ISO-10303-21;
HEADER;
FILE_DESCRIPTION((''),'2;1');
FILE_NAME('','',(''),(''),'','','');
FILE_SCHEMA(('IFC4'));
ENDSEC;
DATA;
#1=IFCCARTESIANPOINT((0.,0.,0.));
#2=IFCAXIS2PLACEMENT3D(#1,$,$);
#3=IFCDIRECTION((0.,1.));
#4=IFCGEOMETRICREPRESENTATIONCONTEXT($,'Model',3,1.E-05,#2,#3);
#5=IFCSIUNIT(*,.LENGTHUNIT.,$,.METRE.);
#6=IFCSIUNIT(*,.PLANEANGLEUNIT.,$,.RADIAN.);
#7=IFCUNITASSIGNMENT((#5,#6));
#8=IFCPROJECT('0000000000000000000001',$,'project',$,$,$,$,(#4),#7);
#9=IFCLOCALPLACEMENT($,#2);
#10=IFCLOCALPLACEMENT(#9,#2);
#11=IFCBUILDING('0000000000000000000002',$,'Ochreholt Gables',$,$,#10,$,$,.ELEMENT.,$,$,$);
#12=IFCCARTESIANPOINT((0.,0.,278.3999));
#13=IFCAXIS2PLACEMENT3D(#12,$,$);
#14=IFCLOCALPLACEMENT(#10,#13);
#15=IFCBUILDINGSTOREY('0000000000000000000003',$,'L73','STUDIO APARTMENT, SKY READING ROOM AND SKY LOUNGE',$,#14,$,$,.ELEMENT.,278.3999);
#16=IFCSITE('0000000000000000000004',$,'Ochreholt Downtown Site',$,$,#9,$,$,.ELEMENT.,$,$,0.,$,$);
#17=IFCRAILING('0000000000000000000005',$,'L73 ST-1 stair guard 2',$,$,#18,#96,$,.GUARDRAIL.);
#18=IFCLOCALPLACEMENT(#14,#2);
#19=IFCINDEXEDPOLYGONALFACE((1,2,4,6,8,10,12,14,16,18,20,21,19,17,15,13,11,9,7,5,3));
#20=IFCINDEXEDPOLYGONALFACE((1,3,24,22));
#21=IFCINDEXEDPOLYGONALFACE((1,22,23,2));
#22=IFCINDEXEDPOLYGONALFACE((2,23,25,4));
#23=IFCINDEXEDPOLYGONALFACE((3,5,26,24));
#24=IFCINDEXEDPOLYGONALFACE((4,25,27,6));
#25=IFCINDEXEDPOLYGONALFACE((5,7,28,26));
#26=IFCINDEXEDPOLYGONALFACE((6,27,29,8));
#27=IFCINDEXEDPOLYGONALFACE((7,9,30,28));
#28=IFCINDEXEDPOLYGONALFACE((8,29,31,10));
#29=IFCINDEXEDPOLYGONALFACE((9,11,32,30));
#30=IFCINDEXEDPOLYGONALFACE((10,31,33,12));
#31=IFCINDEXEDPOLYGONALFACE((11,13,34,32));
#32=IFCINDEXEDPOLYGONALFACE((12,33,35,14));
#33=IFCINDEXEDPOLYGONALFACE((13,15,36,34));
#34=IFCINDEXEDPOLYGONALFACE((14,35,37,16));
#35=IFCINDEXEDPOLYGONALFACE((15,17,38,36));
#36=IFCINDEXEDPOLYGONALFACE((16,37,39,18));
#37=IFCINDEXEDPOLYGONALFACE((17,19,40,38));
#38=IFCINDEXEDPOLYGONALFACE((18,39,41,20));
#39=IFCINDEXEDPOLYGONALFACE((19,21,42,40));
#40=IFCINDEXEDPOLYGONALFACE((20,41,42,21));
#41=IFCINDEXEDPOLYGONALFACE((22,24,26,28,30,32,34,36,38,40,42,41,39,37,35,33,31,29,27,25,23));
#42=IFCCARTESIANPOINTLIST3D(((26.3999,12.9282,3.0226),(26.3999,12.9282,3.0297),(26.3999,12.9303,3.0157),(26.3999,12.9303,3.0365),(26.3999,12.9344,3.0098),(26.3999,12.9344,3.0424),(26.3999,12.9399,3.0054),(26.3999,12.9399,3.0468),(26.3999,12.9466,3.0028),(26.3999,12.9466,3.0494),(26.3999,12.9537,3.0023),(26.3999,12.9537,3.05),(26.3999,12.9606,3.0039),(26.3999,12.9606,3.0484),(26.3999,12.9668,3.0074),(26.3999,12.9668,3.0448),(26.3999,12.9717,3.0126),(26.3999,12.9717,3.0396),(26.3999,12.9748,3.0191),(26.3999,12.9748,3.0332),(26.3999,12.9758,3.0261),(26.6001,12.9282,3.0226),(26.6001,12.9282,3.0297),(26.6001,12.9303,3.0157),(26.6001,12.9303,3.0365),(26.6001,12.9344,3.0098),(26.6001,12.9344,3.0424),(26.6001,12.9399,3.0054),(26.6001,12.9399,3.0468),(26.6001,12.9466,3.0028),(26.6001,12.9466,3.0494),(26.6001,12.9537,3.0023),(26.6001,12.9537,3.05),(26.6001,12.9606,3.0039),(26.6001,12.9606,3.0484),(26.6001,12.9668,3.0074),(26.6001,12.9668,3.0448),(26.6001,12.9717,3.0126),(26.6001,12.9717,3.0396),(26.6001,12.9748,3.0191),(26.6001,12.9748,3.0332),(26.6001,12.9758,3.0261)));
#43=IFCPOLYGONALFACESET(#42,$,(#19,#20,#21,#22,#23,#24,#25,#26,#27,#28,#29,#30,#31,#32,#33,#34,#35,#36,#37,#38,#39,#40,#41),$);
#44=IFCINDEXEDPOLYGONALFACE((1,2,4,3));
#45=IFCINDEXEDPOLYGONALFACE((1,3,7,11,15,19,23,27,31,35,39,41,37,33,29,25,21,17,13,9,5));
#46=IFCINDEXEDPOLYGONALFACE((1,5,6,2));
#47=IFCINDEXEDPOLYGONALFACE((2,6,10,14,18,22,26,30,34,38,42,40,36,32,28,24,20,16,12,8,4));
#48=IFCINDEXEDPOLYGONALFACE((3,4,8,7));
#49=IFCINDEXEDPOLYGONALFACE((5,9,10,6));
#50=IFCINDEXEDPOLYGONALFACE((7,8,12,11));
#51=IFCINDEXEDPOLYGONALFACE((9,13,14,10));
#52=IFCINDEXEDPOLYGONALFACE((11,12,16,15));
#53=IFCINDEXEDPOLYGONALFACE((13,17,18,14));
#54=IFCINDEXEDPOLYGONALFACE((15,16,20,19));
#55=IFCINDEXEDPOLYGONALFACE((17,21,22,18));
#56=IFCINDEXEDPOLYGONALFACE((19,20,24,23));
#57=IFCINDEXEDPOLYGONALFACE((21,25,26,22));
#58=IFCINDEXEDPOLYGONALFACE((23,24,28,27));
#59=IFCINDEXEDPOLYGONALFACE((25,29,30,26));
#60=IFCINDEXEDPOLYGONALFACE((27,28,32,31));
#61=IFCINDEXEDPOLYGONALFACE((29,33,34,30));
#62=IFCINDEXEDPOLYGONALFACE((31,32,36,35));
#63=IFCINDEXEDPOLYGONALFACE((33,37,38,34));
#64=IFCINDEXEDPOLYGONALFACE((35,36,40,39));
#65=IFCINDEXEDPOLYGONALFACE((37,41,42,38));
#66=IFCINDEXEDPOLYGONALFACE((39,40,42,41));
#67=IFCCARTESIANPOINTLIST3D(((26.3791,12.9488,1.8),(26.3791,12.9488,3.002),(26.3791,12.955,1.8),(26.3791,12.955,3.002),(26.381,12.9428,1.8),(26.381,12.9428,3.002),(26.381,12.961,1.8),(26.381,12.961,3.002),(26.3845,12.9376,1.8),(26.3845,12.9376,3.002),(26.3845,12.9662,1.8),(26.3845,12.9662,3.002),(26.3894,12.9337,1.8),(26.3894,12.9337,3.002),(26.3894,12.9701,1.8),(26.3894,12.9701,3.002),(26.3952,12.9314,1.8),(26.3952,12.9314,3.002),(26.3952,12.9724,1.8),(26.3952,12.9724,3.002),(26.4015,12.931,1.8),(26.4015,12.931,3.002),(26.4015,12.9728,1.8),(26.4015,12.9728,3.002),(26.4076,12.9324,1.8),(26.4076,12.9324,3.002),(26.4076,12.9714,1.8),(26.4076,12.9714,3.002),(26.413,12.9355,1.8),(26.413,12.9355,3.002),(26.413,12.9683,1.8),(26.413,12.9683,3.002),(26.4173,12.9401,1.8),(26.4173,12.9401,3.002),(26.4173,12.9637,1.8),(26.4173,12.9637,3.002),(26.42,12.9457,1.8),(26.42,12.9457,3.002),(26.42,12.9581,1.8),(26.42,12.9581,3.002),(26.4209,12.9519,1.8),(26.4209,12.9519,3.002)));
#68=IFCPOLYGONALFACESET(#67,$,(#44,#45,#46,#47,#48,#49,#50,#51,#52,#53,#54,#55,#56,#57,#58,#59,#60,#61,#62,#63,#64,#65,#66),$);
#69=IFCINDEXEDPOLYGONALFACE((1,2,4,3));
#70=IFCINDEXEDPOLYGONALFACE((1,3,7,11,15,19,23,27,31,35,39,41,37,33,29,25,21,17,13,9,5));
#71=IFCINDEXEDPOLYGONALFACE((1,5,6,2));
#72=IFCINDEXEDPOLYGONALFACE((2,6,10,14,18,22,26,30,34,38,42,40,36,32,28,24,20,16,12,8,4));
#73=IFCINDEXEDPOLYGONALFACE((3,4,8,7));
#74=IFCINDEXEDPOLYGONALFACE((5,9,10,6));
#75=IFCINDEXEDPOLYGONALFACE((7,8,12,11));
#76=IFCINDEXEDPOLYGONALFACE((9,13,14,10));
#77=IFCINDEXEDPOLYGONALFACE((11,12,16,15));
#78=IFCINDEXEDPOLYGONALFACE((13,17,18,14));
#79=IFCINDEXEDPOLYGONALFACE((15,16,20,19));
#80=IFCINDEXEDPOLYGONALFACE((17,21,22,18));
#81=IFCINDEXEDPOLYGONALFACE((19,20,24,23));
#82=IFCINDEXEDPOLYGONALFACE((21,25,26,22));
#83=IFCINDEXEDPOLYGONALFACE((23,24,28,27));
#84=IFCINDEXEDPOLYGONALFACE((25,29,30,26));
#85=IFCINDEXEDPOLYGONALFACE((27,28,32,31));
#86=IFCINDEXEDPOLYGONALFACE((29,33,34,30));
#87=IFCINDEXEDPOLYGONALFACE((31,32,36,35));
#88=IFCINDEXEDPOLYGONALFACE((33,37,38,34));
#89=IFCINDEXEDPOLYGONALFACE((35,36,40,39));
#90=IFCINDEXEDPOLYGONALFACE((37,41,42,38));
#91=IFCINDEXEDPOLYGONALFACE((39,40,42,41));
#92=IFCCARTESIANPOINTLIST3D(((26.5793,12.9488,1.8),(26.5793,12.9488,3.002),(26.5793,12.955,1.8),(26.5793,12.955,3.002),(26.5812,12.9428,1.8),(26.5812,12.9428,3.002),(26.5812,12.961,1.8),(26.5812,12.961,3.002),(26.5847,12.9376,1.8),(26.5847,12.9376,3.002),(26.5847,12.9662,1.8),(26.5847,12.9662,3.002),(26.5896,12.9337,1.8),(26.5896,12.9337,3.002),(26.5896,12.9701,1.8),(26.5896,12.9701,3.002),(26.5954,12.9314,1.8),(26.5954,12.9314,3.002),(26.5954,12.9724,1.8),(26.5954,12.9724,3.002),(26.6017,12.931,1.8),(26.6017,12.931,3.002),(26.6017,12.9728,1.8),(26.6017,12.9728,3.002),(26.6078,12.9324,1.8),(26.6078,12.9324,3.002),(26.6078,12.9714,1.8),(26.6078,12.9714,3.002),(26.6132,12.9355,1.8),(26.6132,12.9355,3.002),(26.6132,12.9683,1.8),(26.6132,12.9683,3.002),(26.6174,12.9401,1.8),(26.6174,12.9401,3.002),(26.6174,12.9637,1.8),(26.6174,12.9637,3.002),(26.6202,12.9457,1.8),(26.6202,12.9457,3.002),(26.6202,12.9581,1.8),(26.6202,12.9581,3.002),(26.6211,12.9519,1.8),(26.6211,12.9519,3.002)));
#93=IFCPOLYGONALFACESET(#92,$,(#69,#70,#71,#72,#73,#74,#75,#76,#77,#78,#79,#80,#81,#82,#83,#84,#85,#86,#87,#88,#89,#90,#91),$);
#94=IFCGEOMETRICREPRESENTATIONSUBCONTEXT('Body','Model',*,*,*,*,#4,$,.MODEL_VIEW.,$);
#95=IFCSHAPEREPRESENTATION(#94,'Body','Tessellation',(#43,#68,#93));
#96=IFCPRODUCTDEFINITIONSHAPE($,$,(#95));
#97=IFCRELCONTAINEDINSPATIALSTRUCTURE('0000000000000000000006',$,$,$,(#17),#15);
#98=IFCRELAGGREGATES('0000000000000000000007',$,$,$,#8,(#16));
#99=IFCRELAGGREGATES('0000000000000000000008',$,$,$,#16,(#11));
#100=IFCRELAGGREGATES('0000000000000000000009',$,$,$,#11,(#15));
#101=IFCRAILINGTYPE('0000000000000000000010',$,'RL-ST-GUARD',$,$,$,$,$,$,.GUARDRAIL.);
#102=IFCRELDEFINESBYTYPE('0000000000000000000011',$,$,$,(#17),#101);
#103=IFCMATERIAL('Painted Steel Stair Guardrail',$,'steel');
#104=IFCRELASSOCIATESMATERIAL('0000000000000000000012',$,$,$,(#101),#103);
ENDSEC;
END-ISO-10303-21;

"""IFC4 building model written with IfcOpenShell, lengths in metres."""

from ifc_helpers import new_model, si_unit, direction, frame, origin, origin_2d, place, context, subcontext, project, spatial, circle, extrude, material, type_object, element, save


model = new_model("IFC4")

# Units and contexts
model_context = context("Model", 3, precision=1e-05, world=origin(), true_north=direction((0.0, 1.0)))
body_context = subcontext(model_context, "Body", "Model", "MODEL_VIEW")
ifc_project = project(units=[si_unit("LENGTHUNIT", "METRE"), si_unit("PLANEANGLEUNIT", "RADIAN")], contexts=[model_context])

# Site, building, storey
site_placement = place(None, origin())
site = spatial("IfcSite", under=ifc_project, at=site_placement, Name="Ochreholt Downtown Site", CompositionType="ELEMENT", RefElevation=0.0)
building_placement = place(site_placement, origin())
building = spatial("IfcBuilding", under=site, at=building_placement, Name="Ochreholt Gables", CompositionType="ELEMENT")
storey_placement = place(building_placement, frame((0.0, 0.0, 278.3999)))
storey = spatial("IfcBuildingStorey", under=building, at=storey_placement, Name="L73", Description="STUDIO APARTMENT, SKY READING ROOM AND SKY LOUNGE", CompositionType="ELEMENT", Elevation=278.3999)

# Railing
ifc_material_1 = material(Name="Painted Steel Stair Guardrail", Category="steel")
railing_type_1 = type_object("IfcRailingType", Name="RL-ST-GUARD", PredefinedType="GUARDRAIL", material=ifc_material_1)
railing_1_placement = place(storey_placement, frame((26.3999, 12.9519, 1.8)))
element("IfcRailing", 1, at=railing_1_placement, inside=storey, type_object=railing_type_1, Name="L73 ST-1 stair guard 2", PredefinedType="GUARDRAIL", context=body_context, shape_type="SweptSolid", body=[
    extrude(circle(Radius=0.0239, at=origin_2d()), frame((0.0, 0.0, 1.2261), z_axis=(1.0, 0.0, 0.0), x_axis=(0.0, 1.0, 0.0)), (0.0, 0.0, 1.0), 0.2002),
    extrude(circle(Radius=0.021, at=origin_2d()), origin(), (0.0, 0.0, 1.0), 1.2019),
    extrude(circle(Radius=0.021, at=origin_2d()), frame((0.2002, 0.0, 0.0)), (0.0, 0.0, 1.0), 1.2019),
])

save(model, "model.ifc")
